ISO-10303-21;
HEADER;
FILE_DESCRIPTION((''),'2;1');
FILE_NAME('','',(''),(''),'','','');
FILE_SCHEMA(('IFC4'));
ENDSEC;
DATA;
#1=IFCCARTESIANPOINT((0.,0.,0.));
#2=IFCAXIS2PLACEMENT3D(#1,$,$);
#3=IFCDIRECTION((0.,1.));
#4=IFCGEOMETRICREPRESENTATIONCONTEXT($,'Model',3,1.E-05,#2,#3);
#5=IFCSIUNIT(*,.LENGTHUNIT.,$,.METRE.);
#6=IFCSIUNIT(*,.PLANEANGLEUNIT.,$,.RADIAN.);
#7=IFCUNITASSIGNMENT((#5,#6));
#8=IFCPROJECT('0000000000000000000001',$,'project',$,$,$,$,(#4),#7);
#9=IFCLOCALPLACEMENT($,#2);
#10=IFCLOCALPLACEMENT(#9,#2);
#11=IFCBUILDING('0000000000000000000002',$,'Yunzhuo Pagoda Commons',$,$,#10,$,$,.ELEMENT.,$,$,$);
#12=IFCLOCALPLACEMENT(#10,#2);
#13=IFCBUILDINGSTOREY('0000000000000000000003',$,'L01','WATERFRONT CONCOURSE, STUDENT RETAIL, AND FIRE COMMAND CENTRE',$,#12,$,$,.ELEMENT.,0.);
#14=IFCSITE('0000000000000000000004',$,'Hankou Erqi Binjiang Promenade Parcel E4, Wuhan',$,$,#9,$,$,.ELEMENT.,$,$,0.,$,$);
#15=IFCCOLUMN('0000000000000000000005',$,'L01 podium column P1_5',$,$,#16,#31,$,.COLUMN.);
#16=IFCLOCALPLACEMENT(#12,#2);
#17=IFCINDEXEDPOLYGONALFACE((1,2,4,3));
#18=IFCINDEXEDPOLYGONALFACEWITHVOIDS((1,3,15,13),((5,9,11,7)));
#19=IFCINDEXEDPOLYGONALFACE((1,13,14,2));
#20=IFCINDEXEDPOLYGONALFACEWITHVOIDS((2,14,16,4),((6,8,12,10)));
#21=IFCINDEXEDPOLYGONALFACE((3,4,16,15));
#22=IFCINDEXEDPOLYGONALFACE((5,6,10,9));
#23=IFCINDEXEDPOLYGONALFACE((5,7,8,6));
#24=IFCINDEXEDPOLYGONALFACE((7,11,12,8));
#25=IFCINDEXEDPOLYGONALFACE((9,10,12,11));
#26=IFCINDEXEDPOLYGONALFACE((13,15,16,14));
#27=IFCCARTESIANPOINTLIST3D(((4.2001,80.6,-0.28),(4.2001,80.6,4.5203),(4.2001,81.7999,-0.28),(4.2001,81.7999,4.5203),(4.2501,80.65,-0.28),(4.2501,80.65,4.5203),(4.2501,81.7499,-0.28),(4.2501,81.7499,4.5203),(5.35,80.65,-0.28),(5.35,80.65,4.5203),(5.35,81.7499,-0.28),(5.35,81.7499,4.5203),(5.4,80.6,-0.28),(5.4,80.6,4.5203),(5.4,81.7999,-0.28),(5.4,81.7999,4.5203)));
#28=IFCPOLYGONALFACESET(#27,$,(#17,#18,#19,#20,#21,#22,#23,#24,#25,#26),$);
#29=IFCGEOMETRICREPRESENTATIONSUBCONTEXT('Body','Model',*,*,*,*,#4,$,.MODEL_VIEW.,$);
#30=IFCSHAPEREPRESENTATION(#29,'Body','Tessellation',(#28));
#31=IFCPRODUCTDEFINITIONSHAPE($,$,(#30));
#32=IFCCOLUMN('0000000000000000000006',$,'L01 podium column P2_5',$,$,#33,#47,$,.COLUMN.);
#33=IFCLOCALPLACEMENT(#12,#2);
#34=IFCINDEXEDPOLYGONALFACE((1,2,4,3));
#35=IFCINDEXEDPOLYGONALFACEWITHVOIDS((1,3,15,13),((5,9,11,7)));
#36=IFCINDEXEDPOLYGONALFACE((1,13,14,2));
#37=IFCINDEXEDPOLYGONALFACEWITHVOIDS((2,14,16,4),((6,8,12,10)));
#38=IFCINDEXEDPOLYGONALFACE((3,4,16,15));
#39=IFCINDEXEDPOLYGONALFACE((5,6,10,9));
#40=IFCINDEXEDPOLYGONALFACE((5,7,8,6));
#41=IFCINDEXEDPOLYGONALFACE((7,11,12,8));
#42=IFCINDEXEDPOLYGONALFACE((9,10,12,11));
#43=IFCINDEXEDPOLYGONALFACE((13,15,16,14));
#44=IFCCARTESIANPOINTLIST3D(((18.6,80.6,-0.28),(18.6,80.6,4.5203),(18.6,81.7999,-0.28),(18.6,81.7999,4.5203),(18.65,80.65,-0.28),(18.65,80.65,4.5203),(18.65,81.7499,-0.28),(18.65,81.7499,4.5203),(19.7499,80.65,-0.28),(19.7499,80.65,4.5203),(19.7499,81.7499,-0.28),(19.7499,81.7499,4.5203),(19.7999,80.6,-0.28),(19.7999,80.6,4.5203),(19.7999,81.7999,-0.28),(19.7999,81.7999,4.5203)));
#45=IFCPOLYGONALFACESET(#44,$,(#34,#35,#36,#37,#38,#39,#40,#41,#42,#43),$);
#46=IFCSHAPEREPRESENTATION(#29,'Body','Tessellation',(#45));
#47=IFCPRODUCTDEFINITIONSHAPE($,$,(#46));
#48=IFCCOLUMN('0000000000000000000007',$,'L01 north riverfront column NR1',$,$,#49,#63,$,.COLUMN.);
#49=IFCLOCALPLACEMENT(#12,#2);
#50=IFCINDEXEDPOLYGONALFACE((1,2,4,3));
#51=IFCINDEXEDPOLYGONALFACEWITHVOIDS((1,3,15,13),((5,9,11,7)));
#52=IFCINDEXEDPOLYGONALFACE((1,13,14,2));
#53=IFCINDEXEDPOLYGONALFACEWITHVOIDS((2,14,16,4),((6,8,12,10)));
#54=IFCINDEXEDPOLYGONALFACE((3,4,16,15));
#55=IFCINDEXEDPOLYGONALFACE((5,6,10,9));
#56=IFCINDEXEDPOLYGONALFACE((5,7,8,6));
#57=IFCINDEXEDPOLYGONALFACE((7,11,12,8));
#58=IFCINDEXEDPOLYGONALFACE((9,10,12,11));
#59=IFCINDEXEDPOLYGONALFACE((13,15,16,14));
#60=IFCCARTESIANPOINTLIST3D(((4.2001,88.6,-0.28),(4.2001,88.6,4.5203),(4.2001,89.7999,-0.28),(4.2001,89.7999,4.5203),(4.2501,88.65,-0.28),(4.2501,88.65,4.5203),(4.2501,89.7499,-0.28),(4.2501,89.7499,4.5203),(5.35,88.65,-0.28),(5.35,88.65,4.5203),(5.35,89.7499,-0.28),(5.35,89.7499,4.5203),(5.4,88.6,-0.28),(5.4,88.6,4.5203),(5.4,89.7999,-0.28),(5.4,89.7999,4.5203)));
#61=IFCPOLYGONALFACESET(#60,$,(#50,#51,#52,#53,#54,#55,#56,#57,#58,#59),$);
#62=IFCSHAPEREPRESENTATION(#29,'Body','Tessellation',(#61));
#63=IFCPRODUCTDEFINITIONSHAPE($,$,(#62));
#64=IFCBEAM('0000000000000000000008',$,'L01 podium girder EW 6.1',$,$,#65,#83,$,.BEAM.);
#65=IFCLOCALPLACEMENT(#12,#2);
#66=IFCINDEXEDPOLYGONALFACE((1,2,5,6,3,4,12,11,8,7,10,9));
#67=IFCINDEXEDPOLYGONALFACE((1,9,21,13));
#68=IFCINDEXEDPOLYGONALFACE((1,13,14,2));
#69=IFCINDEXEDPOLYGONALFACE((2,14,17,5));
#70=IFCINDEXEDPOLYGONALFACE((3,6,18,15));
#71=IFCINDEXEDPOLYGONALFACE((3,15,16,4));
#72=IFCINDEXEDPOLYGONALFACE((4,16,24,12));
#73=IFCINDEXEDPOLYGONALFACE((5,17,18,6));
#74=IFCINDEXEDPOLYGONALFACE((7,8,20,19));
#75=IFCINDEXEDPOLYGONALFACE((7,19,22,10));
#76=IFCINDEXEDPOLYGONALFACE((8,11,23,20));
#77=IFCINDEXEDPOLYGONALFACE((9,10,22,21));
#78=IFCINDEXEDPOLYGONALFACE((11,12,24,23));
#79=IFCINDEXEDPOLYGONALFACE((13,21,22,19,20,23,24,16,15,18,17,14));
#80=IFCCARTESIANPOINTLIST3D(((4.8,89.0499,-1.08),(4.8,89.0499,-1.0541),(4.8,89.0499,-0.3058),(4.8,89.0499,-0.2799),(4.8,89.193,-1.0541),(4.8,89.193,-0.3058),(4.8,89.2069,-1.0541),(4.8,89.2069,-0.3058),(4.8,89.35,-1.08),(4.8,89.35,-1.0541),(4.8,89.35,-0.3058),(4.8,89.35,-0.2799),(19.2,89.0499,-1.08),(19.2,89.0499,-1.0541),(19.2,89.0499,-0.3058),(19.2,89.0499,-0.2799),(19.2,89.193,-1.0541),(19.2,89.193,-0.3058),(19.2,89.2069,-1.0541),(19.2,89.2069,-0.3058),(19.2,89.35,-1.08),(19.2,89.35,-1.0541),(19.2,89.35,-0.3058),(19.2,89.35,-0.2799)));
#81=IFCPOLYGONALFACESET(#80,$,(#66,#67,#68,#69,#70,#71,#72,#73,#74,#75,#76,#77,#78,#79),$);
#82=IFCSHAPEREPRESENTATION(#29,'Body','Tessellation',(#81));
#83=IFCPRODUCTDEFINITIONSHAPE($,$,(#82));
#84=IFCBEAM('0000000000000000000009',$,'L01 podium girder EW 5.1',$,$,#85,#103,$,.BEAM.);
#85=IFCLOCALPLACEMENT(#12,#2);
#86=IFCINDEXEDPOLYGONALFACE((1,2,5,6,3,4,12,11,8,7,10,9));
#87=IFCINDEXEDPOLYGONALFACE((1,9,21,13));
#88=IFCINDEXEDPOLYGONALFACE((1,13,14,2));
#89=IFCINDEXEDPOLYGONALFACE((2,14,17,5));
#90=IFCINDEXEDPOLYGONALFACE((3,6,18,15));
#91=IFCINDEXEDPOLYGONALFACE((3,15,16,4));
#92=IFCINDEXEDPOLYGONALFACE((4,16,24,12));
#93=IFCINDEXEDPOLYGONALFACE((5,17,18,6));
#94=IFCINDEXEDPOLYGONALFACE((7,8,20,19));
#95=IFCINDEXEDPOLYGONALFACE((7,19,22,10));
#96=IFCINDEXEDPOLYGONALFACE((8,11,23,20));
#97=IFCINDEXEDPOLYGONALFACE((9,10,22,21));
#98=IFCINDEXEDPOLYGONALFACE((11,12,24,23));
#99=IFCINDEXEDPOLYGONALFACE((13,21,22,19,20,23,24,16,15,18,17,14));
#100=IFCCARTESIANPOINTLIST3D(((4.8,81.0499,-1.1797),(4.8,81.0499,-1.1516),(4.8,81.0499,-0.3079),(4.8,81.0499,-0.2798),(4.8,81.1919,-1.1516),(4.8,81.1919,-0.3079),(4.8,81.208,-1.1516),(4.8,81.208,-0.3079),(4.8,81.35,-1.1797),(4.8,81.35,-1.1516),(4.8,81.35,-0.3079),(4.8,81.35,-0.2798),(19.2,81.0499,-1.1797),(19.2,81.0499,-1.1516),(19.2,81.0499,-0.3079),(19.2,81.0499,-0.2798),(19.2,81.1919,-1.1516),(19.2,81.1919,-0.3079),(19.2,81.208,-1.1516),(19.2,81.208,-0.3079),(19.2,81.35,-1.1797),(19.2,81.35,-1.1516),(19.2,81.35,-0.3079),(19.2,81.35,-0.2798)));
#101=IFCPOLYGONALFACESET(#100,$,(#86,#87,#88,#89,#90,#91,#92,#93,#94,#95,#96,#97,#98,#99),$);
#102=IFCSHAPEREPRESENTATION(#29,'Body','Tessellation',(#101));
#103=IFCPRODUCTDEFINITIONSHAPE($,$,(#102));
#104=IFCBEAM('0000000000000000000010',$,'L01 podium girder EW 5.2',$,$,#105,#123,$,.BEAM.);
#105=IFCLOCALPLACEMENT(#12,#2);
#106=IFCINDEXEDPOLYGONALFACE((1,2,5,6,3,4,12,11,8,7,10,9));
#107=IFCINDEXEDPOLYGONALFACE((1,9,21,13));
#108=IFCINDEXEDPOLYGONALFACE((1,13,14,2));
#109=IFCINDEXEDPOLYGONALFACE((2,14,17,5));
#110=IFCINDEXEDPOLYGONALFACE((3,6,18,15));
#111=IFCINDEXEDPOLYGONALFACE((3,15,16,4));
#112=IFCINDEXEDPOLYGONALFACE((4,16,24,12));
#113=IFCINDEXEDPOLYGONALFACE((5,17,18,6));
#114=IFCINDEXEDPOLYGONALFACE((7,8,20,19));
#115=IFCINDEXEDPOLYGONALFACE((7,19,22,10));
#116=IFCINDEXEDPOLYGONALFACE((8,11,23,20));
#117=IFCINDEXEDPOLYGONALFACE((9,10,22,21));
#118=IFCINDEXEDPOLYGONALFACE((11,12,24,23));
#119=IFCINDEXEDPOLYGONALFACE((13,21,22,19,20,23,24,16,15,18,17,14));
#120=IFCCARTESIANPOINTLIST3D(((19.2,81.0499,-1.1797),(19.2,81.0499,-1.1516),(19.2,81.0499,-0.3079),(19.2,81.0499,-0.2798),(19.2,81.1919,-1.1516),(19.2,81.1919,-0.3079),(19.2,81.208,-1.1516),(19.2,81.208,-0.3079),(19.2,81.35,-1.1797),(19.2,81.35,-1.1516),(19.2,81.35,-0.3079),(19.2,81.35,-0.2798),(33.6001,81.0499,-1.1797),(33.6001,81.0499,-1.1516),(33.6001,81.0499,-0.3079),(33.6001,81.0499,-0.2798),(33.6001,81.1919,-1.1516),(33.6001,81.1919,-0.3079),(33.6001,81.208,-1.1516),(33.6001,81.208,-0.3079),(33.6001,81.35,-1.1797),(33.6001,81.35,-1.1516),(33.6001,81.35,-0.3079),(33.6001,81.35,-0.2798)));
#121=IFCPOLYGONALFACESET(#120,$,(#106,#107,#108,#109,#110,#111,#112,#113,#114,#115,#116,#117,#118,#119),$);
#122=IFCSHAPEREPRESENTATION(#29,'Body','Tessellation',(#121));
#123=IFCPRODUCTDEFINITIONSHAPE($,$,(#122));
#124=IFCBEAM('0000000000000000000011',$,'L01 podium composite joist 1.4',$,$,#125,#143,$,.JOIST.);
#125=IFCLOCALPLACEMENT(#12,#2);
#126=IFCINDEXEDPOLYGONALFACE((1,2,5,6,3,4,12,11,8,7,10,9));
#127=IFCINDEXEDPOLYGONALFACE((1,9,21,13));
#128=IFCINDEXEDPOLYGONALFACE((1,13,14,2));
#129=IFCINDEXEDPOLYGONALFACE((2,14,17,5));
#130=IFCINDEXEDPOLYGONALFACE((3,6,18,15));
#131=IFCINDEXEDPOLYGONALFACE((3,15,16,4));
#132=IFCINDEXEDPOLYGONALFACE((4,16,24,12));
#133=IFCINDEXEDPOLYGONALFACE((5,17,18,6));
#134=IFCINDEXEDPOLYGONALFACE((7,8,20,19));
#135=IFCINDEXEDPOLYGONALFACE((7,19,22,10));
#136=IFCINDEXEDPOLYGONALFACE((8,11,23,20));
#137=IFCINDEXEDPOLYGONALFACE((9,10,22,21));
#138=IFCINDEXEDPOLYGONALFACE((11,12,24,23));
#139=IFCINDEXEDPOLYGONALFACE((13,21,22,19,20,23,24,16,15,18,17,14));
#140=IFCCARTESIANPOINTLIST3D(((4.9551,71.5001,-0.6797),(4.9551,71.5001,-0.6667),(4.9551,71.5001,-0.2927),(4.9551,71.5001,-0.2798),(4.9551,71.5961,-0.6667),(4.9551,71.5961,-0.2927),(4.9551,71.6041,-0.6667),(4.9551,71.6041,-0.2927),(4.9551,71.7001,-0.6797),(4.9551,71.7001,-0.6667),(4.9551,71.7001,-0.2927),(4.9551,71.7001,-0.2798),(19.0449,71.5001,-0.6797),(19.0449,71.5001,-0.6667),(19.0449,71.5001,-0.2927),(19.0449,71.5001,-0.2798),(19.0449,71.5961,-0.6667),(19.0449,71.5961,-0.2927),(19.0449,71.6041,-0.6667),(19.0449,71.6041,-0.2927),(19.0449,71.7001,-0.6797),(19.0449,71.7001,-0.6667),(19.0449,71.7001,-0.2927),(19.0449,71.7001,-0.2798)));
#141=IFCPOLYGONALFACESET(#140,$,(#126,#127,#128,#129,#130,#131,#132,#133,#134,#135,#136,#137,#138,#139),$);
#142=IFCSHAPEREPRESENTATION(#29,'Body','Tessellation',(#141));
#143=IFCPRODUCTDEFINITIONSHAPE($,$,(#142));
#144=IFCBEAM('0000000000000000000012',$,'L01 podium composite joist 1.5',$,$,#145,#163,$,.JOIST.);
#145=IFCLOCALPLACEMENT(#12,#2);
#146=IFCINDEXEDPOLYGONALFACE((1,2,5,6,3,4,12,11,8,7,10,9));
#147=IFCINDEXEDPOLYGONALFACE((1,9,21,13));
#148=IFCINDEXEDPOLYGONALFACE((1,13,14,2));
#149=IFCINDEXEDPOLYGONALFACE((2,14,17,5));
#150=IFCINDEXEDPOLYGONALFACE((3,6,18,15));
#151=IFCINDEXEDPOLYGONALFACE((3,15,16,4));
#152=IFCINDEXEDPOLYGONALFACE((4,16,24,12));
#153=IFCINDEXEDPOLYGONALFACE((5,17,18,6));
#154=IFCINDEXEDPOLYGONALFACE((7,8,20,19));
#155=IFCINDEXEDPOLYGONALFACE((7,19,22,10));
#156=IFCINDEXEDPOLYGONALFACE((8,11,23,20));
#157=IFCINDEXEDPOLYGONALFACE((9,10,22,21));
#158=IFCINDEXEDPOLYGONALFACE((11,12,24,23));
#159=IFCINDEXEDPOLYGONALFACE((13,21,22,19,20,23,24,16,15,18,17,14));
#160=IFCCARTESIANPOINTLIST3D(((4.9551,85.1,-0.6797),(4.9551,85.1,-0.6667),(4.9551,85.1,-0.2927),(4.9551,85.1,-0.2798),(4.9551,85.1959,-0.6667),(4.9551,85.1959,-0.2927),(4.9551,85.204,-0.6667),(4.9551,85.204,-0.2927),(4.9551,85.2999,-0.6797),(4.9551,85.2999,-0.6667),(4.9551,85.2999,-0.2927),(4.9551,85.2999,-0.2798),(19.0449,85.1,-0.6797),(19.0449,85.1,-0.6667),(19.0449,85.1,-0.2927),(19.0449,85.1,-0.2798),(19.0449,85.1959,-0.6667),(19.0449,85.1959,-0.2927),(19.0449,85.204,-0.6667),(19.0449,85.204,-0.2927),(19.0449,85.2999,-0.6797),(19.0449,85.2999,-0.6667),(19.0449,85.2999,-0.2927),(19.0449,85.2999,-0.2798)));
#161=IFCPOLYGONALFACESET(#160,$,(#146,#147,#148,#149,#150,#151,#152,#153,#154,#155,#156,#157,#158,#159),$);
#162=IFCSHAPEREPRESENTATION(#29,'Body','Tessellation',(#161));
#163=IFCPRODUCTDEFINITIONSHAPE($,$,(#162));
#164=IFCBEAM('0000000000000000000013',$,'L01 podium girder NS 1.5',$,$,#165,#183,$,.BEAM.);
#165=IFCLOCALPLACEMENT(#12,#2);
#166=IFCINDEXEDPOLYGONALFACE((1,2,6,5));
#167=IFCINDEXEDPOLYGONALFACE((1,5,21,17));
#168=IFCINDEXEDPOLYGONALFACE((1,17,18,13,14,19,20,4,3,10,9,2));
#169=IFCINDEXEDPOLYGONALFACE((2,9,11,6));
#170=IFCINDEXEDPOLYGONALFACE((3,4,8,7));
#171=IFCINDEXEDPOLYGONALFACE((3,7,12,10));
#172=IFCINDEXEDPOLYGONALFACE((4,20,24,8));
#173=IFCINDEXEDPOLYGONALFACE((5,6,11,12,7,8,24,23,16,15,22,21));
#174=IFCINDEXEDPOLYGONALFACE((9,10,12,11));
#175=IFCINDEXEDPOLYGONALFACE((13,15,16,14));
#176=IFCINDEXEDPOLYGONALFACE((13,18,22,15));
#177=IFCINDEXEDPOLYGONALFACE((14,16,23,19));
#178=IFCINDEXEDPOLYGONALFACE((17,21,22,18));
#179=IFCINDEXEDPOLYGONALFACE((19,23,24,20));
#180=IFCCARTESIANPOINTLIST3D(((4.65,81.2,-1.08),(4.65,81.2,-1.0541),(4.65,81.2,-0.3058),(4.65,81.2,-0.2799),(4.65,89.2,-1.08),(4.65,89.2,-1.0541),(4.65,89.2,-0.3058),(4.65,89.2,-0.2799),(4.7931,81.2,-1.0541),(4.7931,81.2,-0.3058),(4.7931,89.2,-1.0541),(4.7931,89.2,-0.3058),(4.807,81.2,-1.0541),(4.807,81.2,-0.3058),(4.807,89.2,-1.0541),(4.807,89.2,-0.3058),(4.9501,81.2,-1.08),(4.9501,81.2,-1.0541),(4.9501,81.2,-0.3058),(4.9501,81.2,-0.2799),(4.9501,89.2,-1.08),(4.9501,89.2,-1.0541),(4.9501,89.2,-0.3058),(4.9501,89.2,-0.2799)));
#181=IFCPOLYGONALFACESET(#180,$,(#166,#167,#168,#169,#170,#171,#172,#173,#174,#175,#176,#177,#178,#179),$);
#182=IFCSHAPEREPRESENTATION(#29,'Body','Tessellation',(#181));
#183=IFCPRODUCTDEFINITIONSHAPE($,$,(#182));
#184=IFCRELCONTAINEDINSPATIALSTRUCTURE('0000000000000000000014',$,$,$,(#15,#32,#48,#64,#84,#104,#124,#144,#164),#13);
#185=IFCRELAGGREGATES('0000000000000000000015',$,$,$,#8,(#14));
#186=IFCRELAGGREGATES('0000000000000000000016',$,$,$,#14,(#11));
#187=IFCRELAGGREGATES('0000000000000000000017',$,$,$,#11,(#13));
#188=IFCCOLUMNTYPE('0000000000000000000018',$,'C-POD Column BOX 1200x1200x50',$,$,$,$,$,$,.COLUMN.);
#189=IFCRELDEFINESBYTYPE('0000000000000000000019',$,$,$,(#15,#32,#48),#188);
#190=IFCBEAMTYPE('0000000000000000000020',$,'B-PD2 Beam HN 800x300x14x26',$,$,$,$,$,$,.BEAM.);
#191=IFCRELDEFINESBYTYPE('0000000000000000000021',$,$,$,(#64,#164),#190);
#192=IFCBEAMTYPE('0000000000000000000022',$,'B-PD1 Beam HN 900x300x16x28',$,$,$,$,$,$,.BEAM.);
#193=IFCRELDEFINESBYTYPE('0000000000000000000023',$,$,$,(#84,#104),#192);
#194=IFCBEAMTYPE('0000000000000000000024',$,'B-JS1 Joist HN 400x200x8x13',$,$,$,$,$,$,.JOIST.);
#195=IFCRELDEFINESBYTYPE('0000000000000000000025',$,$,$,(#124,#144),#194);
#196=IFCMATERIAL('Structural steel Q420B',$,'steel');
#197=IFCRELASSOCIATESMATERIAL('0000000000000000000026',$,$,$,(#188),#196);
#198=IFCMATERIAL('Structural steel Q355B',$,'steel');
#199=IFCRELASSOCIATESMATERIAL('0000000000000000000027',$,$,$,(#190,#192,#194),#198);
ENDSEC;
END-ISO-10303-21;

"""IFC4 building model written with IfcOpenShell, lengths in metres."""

from ifc_helpers import new_model, si_unit, direction, frame, origin, origin_2d, place, context, subcontext, project, spatial, hollow_rectangle, i_section, extrude, source, transform, mapped, material, material_profile, profile_set, type_object, element, save


model = new_model("IFC4")

# Units and contexts
model_context = context("Model", 3, precision=1e-05, world=origin(), true_north=direction((0.0, 1.0)))
body_context = subcontext(model_context, "Body", "Model", "MODEL_VIEW")
ifc_project = project(units=[si_unit("LENGTHUNIT", "METRE"), si_unit("PLANEANGLEUNIT", "RADIAN")], contexts=[model_context])

# Site, building, storey
site_placement = place(None, origin())
site = spatial("IfcSite", under=ifc_project, at=site_placement, Name="Hankou Erqi Binjiang Promenade Parcel E4, Wuhan", CompositionType="ELEMENT", RefElevation=0.0)
building_placement = place(site_placement, origin())
building = spatial("IfcBuilding", under=site, at=building_placement, Name="Yunzhuo Pagoda Commons", CompositionType="ELEMENT")
storey_placement = place(building_placement, origin())
storey = spatial("IfcBuildingStorey", under=building, at=storey_placement, Name="L01", Description="WATERFRONT CONCOURSE, STUDENT RETAIL, AND FIRE COMMAND CENTRE", CompositionType="ELEMENT", Elevation=0.0)

# Columns
ifc_material_1 = material(Name="Structural steel Q420B", Category="steel")
ifc_material_profile_1 = material_profile(ifc_material_1, hollow_rectangle(XDim=1.2, YDim=1.2, WallThickness=0.05, at=origin_2d()), Name="Structural steel Q420B")
ifc_profile_set_1 = profile_set([ifc_material_profile_1], Name="Structural steel Q420B")
column_type = type_object("IfcColumnType", Name="C-POD Column BOX 1200x1200x50", PredefinedType="COLUMN", material=ifc_profile_set_1)
shared_shape_1 = source(origin(), body_context, "Body", "SweptSolid", [
    extrude(hollow_rectangle(XDim=1.2, YDim=1.2, WallThickness=0.05, at=origin_2d()), origin(), (0.0, 0.0, 1.0), 4.8003),
])
for number, where, z_axis, x_axis, name in (
    (1, (4.8, 81.2, -0.28), (0.0, 0.0, 1.0), (1.0, 0.0, 0.0), "L01 podium column P1_5"),
    (2, (19.2, 81.2, -0.28), (0.0, 0.0, 1.0), (1.0, 0.0, 0.0), "L01 podium column P2_5"),
    (3, (4.8, 89.2, -0.28), (0.0, 0.0, 1.0), (1.0, 0.0, 0.0), "L01 north riverfront column NR1"),
):
    element("IfcColumn", number, at=place(storey_placement, frame(where, z_axis=z_axis, x_axis=x_axis)), inside=storey, type_object=column_type, Name=name, PredefinedType="COLUMN", context=body_context, shape_type="MappedRepresentation", body=[
        mapped(shared_shape_1, transform((0.0, 0.0, 0.0), scale=1.0)),
    ])

# Beams
ifc_material_2 = material(Name="Structural steel Q355B", Category="steel")
ifc_material_profile_2 = material_profile(ifc_material_2, i_section(OverallWidth=0.3, OverallDepth=0.8, WebThickness=0.0139, FlangeThickness=0.0259, at=origin_2d()), Name="Structural steel Q355B")
ifc_profile_set_2 = profile_set([ifc_material_profile_2], Name="Structural steel Q355B")
beam_type_1 = type_object("IfcBeamType", Name="B-PD2 Beam HN 800x300x14x26", PredefinedType="BEAM", material=ifc_profile_set_2)
shared_shape_2 = source(origin(), body_context, "Body", "SweptSolid", [
    extrude(i_section(OverallWidth=0.3, OverallDepth=0.8, WebThickness=0.0139, FlangeThickness=0.0259, at=origin_2d()), origin(), (0.0, 0.0, 1.0), 14.3999),
])
beam_1_placement = place(storey_placement, frame((4.8, 89.2, -0.6799), z_axis=(1.0, 0.0, 0.0), x_axis=(0.0, 1.0, 0.0)))
element("IfcBeam", 4, at=beam_1_placement, inside=storey, type_object=beam_type_1, Name="L01 podium girder EW 6.1", PredefinedType="BEAM", context=body_context, shape_type="MappedRepresentation", body=[
    mapped(shared_shape_2, transform((0.0, 0.0, 0.0), scale=1.0)),
])
ifc_material_profile_3 = material_profile(ifc_material_2, i_section(OverallWidth=0.3, OverallDepth=0.8999, WebThickness=0.0161, FlangeThickness=0.0281, at=origin_2d()), Name="Structural steel Q355B")
ifc_profile_set_3 = profile_set([ifc_material_profile_3], Name="Structural steel Q355B")
beam_type_2 = type_object("IfcBeamType", Name="B-PD1 Beam HN 900x300x16x28", PredefinedType="BEAM", material=ifc_profile_set_3)
shared_shape_3 = source(origin(), body_context, "Body", "SweptSolid", [
    extrude(i_section(OverallWidth=0.3, OverallDepth=0.8999, WebThickness=0.0161, FlangeThickness=0.0281, at=origin_2d()), origin(), (0.0, 0.0, 1.0), 14.3999),
])
beam_2_placement = place(storey_placement, frame((4.8, 81.2, -0.7297), z_axis=(1.0, 0.0, 0.0), x_axis=(0.0, 1.0, 0.0)))
element("IfcBeam", 5, at=beam_2_placement, inside=storey, type_object=beam_type_2, Name="L01 podium girder EW 5.1", PredefinedType="BEAM", context=body_context, shape_type="MappedRepresentation", body=[
    mapped(shared_shape_3, transform((0.0, 0.0, 0.0), scale=1.0)),
])
shared_shape_4 = source(origin(), body_context, "Body", "SweptSolid", [
    extrude(i_section(OverallWidth=0.3, OverallDepth=0.8999, WebThickness=0.0161, FlangeThickness=0.0281, at=origin_2d()), origin(), (0.0, 0.0, 1.0), 14.4001),
])
beam_3_placement = place(storey_placement, frame((19.2, 81.2, -0.7297), z_axis=(1.0, 0.0, 0.0), x_axis=(0.0, 1.0, 0.0)))
element("IfcBeam", 6, at=beam_3_placement, inside=storey, type_object=beam_type_2, Name="L01 podium girder EW 5.2", PredefinedType="BEAM", context=body_context, shape_type="MappedRepresentation", body=[
    mapped(shared_shape_4, transform((0.0, 0.0, 0.0), scale=1.0)),
])
ifc_material_profile_4 = material_profile(ifc_material_2, i_section(OverallWidth=0.2, OverallDepth=0.3999, WebThickness=0.0081, FlangeThickness=0.0129, at=origin_2d()), Name="Structural steel Q355B")
ifc_profile_set_4 = profile_set([ifc_material_profile_4], Name="Structural steel Q355B")
beam_type_3 = type_object("IfcBeamType", Name="B-JS1 Joist HN 400x200x8x13", PredefinedType="JOIST", material=ifc_profile_set_4)
shared_shape_5 = source(origin(), body_context, "Body", "SweptSolid", [
    extrude(i_section(OverallWidth=0.2, OverallDepth=0.3999, WebThickness=0.0081, FlangeThickness=0.0129, at=origin_2d()), origin(), (0.0, 0.0, 1.0), 14.0898),
])
for number, where, z_axis, x_axis, name in (
    (7, (4.9551, 71.6001, -0.4797), (1.0, 0.0, 0.0), (0.0, 1.0, 0.0), "L01 podium composite joist 1.4"),
    (8, (4.9551, 85.2, -0.4797), (1.0, 0.0, 0.0), (0.0, 1.0, 0.0), "L01 podium composite joist 1.5"),
):
    element("IfcBeam", number, at=place(storey_placement, frame(where, z_axis=z_axis, x_axis=x_axis)), inside=storey, type_object=beam_type_3, Name=name, PredefinedType="JOIST", context=body_context, shape_type="MappedRepresentation", body=[
        mapped(shared_shape_5, transform((0.0, 0.0, 0.0), scale=1.0)),
    ])
shared_shape_6 = source(origin(), body_context, "Body", "SweptSolid", [
    extrude(i_section(OverallWidth=0.3, OverallDepth=0.8, WebThickness=0.0139, FlangeThickness=0.0259, at=origin_2d()), origin(), (0.0, 0.0, 1.0), 8.0),
])
beam_4_placement = place(storey_placement, frame((4.8, 81.2, -0.6799), z_axis=(0.0, 1.0, 0.0), x_axis=(-1.0, 0.0, 0.0)))
element("IfcBeam", 9, at=beam_4_placement, inside=storey, type_object=beam_type_1, Name="L01 podium girder NS 1.5", PredefinedType="BEAM", context=body_context, shape_type="MappedRepresentation", body=[
    mapped(shared_shape_6, transform((0.0, 0.0, 0.0), scale=1.0)),
])

save(model, "model.ifc")
